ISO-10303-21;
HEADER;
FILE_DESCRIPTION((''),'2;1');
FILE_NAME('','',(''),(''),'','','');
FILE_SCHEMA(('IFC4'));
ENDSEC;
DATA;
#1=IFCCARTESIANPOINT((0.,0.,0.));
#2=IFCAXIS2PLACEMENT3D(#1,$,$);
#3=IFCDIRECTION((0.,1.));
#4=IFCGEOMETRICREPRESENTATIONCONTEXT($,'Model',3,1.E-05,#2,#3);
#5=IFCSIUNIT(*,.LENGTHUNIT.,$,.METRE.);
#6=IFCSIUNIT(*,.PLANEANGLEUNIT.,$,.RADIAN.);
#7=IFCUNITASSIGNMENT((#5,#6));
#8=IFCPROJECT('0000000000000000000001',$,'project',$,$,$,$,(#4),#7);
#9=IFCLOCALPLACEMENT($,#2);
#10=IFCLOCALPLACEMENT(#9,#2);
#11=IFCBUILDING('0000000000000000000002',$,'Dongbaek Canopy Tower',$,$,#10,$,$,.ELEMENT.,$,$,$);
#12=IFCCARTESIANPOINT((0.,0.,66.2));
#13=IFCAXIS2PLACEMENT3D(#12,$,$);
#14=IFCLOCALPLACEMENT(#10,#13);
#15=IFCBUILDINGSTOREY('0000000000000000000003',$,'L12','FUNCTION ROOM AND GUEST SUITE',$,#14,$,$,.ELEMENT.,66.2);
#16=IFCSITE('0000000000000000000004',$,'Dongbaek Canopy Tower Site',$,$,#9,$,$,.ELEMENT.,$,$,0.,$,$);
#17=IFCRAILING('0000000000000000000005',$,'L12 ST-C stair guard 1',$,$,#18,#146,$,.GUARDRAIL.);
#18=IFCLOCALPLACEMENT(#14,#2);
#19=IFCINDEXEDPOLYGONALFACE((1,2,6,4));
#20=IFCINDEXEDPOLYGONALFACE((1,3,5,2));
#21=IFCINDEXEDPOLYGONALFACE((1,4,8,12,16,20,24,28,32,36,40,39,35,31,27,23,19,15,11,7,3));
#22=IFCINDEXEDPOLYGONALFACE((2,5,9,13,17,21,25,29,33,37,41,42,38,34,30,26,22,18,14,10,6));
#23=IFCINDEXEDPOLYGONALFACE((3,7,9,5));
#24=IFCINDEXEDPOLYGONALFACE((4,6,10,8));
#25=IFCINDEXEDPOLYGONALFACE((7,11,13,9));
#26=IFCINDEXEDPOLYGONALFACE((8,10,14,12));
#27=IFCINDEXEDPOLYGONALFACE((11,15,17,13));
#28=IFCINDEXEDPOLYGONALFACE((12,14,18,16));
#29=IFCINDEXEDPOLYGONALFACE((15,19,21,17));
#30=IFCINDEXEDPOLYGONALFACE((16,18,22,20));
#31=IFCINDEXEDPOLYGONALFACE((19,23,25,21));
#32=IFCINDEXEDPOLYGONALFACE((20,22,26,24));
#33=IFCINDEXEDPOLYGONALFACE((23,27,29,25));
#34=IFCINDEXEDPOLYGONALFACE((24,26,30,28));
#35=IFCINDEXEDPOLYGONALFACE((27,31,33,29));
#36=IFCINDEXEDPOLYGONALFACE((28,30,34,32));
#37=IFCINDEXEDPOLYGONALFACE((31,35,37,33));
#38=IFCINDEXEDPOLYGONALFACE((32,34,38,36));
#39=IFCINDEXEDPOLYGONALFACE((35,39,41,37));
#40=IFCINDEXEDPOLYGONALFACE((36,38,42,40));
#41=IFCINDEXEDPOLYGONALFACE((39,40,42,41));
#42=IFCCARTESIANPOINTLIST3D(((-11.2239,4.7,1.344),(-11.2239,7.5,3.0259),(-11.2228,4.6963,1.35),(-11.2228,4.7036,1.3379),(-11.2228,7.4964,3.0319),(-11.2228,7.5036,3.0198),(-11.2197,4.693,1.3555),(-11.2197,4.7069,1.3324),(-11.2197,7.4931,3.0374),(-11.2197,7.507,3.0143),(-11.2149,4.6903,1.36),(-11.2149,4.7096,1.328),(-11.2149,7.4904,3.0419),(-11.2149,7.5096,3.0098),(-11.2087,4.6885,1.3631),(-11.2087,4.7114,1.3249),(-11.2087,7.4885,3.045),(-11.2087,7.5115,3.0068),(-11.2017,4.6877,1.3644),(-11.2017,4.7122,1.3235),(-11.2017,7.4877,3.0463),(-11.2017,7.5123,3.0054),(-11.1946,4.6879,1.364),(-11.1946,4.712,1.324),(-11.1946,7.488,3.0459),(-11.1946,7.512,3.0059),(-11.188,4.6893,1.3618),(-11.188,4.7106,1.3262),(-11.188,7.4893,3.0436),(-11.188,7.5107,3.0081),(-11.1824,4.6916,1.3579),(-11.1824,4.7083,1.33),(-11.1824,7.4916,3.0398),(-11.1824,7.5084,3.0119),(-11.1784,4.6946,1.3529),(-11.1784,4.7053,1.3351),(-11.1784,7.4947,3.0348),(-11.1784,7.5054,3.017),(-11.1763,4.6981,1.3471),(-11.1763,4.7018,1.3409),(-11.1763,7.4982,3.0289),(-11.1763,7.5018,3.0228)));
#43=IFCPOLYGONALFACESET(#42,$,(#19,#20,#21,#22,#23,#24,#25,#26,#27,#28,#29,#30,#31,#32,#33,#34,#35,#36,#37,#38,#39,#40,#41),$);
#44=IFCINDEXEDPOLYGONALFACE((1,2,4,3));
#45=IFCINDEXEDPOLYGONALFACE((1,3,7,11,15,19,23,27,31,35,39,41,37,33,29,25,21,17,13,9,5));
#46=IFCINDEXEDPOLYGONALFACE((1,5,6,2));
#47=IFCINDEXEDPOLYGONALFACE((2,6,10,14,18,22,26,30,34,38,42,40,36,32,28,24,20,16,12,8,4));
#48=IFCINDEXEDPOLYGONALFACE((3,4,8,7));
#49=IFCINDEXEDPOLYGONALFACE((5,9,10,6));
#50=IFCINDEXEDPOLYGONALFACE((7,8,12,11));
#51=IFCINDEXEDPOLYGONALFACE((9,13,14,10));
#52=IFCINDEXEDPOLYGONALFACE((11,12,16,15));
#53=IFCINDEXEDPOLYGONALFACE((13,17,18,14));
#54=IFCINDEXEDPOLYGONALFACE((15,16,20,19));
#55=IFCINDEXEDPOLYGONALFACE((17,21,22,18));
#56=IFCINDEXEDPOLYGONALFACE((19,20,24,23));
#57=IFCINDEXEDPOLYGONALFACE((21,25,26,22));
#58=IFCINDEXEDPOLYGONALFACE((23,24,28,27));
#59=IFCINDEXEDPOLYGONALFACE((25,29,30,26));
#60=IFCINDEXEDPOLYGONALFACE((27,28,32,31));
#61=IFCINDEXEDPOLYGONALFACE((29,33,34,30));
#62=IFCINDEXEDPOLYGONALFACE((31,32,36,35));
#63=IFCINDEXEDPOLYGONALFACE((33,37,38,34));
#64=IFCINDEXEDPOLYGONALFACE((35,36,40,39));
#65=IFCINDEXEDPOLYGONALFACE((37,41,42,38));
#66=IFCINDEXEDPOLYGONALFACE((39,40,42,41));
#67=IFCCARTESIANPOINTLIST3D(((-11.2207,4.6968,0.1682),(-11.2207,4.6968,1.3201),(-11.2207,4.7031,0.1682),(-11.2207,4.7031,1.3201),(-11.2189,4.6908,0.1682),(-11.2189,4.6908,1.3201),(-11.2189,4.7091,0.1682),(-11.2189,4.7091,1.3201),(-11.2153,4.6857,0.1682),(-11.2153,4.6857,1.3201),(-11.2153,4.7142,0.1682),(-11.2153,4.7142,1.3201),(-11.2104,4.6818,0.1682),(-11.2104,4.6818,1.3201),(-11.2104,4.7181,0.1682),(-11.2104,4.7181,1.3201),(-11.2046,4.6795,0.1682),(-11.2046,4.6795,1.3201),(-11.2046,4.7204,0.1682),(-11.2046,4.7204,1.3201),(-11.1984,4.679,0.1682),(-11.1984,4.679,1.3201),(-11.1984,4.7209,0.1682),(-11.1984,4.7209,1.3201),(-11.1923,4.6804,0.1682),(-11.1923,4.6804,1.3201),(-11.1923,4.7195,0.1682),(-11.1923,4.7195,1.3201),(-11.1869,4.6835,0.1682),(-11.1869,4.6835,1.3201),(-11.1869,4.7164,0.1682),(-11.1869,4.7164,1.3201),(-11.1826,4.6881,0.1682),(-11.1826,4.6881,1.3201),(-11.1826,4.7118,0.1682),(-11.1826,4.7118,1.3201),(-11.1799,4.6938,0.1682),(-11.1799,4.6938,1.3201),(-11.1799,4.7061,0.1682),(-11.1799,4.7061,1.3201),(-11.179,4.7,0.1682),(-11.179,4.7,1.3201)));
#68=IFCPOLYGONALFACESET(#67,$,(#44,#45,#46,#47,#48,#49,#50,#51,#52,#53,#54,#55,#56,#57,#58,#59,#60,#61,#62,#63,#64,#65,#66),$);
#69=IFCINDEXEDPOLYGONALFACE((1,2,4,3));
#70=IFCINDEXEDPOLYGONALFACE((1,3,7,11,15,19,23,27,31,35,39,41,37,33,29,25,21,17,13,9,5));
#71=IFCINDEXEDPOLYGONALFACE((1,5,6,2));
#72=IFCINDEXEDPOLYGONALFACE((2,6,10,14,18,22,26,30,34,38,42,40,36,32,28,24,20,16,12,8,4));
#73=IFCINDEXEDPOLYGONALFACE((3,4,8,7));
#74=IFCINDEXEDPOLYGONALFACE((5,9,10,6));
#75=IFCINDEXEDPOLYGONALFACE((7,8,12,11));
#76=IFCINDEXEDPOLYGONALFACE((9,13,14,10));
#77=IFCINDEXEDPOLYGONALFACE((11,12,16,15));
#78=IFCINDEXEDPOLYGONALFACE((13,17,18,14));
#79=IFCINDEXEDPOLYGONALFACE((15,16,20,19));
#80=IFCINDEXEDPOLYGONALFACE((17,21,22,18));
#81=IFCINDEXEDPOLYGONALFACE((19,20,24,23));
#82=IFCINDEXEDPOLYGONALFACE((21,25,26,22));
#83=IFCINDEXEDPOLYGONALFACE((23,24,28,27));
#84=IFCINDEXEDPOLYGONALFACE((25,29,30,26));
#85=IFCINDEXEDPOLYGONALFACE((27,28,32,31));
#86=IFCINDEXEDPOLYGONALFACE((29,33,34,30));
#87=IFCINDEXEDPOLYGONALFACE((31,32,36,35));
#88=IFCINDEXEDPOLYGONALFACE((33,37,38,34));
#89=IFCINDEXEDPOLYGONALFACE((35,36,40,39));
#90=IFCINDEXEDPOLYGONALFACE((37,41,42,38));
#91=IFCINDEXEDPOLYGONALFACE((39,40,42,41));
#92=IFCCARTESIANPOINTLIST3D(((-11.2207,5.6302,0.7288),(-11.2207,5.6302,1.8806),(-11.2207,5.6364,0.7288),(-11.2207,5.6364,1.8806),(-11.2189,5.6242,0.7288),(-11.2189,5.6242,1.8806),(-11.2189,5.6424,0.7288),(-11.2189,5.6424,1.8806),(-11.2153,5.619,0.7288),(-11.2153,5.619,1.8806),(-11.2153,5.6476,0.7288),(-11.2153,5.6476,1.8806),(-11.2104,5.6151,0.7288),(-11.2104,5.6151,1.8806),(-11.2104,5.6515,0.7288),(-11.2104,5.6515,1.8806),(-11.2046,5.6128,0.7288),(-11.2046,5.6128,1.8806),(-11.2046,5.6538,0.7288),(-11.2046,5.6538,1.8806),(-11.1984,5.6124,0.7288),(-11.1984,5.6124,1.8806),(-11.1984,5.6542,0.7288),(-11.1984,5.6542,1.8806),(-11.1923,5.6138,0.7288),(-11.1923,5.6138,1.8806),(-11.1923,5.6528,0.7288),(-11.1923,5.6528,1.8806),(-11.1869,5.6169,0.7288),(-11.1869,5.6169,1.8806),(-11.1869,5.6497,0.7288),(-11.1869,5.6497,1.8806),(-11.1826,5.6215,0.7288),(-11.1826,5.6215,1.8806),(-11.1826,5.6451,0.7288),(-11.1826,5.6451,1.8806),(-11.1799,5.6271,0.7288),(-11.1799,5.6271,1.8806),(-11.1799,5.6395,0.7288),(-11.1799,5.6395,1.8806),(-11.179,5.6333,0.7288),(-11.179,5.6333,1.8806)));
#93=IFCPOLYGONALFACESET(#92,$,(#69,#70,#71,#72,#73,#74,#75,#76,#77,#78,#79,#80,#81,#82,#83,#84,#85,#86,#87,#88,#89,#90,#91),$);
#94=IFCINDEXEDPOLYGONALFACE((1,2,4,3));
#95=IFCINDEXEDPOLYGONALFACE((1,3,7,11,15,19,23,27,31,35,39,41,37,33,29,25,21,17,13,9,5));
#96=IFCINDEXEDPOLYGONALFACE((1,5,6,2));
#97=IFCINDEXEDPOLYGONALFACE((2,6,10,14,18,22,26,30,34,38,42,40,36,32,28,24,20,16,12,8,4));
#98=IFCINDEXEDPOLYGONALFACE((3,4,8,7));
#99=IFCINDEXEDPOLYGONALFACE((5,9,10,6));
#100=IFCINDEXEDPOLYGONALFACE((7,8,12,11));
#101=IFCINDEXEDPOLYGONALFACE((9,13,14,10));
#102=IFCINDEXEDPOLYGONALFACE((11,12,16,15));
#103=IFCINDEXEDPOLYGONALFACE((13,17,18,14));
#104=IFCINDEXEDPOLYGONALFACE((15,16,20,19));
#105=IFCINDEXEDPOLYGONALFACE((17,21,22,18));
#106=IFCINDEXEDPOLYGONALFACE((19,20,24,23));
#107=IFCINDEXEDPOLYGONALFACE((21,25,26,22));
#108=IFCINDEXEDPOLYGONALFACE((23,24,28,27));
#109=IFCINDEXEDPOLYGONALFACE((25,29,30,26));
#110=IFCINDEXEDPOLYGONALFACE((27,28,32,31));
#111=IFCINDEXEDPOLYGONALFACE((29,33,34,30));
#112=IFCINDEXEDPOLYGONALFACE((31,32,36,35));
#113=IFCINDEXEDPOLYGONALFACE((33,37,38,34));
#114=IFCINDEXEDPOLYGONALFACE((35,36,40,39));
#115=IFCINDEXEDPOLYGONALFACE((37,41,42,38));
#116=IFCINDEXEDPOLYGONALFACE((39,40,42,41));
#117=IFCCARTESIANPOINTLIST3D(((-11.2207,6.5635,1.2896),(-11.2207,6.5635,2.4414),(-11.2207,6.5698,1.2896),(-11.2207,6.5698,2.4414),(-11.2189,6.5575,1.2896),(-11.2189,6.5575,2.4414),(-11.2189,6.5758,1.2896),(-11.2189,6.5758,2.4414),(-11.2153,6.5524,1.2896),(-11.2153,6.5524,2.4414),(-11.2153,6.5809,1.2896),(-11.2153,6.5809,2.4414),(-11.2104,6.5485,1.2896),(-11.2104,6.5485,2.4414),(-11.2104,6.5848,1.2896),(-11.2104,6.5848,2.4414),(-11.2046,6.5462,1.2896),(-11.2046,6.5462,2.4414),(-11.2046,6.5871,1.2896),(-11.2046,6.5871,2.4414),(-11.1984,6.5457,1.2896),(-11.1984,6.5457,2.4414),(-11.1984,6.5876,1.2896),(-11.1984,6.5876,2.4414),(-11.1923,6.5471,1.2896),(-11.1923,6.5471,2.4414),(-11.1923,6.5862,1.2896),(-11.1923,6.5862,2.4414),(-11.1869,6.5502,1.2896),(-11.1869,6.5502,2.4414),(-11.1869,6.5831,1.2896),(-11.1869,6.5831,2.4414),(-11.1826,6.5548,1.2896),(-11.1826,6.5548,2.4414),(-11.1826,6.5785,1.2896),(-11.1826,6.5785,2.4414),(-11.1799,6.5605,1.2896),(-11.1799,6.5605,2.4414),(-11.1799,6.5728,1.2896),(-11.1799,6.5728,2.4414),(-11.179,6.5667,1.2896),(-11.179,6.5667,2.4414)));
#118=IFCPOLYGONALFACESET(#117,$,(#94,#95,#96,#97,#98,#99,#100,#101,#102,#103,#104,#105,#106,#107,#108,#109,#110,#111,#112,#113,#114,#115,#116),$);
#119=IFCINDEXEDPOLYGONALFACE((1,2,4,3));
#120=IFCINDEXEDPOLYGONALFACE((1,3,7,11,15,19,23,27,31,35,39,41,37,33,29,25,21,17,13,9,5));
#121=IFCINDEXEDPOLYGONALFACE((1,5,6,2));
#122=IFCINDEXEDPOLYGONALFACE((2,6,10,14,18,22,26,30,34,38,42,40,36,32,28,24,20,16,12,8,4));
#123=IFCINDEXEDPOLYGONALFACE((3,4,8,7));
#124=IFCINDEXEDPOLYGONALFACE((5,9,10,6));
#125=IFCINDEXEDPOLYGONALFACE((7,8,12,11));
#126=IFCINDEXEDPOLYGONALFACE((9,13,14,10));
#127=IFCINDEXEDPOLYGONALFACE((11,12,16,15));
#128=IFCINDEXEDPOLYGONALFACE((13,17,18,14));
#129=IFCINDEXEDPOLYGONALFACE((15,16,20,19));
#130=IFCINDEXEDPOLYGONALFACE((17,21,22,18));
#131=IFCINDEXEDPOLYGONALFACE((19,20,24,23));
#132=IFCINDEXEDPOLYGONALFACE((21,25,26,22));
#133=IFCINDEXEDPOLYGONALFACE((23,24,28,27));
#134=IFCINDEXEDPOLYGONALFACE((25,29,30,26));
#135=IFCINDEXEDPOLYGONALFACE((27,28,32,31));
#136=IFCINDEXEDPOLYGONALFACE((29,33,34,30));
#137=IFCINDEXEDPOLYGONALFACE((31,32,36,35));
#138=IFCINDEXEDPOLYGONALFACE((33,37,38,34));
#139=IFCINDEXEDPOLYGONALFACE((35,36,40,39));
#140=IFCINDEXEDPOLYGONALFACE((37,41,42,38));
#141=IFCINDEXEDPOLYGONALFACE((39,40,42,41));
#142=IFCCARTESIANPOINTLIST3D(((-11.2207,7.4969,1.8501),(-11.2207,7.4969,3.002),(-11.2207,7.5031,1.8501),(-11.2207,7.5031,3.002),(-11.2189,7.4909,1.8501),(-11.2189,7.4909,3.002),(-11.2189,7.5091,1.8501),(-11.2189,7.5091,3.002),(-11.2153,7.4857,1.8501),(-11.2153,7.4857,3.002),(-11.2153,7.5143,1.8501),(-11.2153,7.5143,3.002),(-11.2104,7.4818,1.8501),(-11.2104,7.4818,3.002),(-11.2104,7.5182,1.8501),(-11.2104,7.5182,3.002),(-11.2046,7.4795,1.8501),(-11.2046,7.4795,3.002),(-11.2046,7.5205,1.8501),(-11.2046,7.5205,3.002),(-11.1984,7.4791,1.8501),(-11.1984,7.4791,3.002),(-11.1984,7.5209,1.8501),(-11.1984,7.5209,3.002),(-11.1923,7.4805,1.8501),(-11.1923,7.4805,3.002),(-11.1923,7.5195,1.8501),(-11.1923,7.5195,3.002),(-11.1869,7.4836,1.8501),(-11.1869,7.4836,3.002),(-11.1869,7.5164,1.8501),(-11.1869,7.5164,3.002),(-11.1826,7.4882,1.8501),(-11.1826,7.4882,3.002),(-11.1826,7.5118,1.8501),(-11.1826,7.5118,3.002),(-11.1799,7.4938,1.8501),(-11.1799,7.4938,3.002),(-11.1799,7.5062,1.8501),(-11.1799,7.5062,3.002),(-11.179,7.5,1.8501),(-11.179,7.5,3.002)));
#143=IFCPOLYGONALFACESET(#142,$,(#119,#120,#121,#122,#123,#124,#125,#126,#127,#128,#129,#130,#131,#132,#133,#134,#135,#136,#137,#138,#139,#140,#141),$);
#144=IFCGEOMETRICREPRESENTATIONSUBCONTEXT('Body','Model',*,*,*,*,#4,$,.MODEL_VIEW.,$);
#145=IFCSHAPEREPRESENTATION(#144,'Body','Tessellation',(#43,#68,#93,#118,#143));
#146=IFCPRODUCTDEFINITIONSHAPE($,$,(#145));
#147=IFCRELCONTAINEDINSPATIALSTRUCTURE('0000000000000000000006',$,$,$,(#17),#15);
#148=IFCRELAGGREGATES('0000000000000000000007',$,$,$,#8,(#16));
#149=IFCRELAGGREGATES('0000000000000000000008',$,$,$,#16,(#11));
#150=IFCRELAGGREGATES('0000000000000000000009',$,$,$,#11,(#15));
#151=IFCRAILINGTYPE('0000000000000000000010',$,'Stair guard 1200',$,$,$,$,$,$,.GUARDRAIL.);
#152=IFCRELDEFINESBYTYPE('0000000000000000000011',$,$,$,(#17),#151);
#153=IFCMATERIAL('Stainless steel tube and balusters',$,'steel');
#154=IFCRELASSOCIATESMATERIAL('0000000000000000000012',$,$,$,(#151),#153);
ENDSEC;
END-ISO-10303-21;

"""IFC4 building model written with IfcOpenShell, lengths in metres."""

from ifc_helpers import new_model, si_unit, direction, frame, origin, origin_2d, place, context, subcontext, project, spatial, circle, extrude, material, type_object, element, save


model = new_model("IFC4")

# Units and contexts
model_context = context("Model", 3, precision=1e-05, world=origin(), true_north=direction((0.0, 1.0)))
body_context = subcontext(model_context, "Body", "Model", "MODEL_VIEW")
ifc_project = project(units=[si_unit("LENGTHUNIT", "METRE"), si_unit("PLANEANGLEUNIT", "RADIAN")], contexts=[model_context])

# Site, building, storey
site_placement = place(None, origin())
site = spatial("IfcSite", under=ifc_project, at=site_placement, Name="Dongbaek Canopy Tower Site", CompositionType="ELEMENT", RefElevation=0.0)
building_placement = place(site_placement, origin())
building = spatial("IfcBuilding", under=site, at=building_placement, Name="Dongbaek Canopy Tower", CompositionType="ELEMENT")
storey_placement = place(building_placement, frame((0.0, 0.0, 66.2)))
storey = spatial("IfcBuildingStorey", under=building, at=storey_placement, Name="L12", Description="FUNCTION ROOM AND GUEST SUITE", CompositionType="ELEMENT", Elevation=66.2)

# Railing
ifc_material_1 = material(Name="Stainless steel tube and balusters", Category="steel")
railing_type_1 = type_object("IfcRailingType", Name="Stair guard 1200", PredefinedType="GUARDRAIL", material=ifc_material_1)
railing_1_placement = place(storey_placement, frame((-11.2, 4.7, 0.1682)))
element("IfcRailing", 1, at=railing_1_placement, inside=storey, type_object=railing_type_1, Name="L12 ST-C stair guard 1", PredefinedType="GUARDRAIL", context=body_context, shape_type="SweptSolid", body=[
    extrude(circle(Radius=0.0239, at=origin_2d()), frame((0.0, 0.0, 1.1758), z_axis=(0.0, 0.857242, 0.514913), x_axis=(-1.0, 0.0, 0.0)), (0.0, 0.0, 1.0), 3.2664),
    extrude(circle(Radius=0.021, at=origin_2d()), origin(), (0.0, 0.0, 1.0), 1.1519),
    extrude(circle(Radius=0.021, at=origin_2d()), frame((0.0, 0.9333, 0.5605)), (0.0, 0.0, 1.0), 1.1519),
    extrude(circle(Radius=0.021, at=origin_2d()), frame((0.0, 1.8667, 1.1213)), (0.0, 0.0, 1.0), 1.1519),
    extrude(circle(Radius=0.021, at=origin_2d()), frame((0.0, 2.8, 1.6819)), (0.0, 0.0, 1.0), 1.1519),
])

save(model, "model.ifc")
